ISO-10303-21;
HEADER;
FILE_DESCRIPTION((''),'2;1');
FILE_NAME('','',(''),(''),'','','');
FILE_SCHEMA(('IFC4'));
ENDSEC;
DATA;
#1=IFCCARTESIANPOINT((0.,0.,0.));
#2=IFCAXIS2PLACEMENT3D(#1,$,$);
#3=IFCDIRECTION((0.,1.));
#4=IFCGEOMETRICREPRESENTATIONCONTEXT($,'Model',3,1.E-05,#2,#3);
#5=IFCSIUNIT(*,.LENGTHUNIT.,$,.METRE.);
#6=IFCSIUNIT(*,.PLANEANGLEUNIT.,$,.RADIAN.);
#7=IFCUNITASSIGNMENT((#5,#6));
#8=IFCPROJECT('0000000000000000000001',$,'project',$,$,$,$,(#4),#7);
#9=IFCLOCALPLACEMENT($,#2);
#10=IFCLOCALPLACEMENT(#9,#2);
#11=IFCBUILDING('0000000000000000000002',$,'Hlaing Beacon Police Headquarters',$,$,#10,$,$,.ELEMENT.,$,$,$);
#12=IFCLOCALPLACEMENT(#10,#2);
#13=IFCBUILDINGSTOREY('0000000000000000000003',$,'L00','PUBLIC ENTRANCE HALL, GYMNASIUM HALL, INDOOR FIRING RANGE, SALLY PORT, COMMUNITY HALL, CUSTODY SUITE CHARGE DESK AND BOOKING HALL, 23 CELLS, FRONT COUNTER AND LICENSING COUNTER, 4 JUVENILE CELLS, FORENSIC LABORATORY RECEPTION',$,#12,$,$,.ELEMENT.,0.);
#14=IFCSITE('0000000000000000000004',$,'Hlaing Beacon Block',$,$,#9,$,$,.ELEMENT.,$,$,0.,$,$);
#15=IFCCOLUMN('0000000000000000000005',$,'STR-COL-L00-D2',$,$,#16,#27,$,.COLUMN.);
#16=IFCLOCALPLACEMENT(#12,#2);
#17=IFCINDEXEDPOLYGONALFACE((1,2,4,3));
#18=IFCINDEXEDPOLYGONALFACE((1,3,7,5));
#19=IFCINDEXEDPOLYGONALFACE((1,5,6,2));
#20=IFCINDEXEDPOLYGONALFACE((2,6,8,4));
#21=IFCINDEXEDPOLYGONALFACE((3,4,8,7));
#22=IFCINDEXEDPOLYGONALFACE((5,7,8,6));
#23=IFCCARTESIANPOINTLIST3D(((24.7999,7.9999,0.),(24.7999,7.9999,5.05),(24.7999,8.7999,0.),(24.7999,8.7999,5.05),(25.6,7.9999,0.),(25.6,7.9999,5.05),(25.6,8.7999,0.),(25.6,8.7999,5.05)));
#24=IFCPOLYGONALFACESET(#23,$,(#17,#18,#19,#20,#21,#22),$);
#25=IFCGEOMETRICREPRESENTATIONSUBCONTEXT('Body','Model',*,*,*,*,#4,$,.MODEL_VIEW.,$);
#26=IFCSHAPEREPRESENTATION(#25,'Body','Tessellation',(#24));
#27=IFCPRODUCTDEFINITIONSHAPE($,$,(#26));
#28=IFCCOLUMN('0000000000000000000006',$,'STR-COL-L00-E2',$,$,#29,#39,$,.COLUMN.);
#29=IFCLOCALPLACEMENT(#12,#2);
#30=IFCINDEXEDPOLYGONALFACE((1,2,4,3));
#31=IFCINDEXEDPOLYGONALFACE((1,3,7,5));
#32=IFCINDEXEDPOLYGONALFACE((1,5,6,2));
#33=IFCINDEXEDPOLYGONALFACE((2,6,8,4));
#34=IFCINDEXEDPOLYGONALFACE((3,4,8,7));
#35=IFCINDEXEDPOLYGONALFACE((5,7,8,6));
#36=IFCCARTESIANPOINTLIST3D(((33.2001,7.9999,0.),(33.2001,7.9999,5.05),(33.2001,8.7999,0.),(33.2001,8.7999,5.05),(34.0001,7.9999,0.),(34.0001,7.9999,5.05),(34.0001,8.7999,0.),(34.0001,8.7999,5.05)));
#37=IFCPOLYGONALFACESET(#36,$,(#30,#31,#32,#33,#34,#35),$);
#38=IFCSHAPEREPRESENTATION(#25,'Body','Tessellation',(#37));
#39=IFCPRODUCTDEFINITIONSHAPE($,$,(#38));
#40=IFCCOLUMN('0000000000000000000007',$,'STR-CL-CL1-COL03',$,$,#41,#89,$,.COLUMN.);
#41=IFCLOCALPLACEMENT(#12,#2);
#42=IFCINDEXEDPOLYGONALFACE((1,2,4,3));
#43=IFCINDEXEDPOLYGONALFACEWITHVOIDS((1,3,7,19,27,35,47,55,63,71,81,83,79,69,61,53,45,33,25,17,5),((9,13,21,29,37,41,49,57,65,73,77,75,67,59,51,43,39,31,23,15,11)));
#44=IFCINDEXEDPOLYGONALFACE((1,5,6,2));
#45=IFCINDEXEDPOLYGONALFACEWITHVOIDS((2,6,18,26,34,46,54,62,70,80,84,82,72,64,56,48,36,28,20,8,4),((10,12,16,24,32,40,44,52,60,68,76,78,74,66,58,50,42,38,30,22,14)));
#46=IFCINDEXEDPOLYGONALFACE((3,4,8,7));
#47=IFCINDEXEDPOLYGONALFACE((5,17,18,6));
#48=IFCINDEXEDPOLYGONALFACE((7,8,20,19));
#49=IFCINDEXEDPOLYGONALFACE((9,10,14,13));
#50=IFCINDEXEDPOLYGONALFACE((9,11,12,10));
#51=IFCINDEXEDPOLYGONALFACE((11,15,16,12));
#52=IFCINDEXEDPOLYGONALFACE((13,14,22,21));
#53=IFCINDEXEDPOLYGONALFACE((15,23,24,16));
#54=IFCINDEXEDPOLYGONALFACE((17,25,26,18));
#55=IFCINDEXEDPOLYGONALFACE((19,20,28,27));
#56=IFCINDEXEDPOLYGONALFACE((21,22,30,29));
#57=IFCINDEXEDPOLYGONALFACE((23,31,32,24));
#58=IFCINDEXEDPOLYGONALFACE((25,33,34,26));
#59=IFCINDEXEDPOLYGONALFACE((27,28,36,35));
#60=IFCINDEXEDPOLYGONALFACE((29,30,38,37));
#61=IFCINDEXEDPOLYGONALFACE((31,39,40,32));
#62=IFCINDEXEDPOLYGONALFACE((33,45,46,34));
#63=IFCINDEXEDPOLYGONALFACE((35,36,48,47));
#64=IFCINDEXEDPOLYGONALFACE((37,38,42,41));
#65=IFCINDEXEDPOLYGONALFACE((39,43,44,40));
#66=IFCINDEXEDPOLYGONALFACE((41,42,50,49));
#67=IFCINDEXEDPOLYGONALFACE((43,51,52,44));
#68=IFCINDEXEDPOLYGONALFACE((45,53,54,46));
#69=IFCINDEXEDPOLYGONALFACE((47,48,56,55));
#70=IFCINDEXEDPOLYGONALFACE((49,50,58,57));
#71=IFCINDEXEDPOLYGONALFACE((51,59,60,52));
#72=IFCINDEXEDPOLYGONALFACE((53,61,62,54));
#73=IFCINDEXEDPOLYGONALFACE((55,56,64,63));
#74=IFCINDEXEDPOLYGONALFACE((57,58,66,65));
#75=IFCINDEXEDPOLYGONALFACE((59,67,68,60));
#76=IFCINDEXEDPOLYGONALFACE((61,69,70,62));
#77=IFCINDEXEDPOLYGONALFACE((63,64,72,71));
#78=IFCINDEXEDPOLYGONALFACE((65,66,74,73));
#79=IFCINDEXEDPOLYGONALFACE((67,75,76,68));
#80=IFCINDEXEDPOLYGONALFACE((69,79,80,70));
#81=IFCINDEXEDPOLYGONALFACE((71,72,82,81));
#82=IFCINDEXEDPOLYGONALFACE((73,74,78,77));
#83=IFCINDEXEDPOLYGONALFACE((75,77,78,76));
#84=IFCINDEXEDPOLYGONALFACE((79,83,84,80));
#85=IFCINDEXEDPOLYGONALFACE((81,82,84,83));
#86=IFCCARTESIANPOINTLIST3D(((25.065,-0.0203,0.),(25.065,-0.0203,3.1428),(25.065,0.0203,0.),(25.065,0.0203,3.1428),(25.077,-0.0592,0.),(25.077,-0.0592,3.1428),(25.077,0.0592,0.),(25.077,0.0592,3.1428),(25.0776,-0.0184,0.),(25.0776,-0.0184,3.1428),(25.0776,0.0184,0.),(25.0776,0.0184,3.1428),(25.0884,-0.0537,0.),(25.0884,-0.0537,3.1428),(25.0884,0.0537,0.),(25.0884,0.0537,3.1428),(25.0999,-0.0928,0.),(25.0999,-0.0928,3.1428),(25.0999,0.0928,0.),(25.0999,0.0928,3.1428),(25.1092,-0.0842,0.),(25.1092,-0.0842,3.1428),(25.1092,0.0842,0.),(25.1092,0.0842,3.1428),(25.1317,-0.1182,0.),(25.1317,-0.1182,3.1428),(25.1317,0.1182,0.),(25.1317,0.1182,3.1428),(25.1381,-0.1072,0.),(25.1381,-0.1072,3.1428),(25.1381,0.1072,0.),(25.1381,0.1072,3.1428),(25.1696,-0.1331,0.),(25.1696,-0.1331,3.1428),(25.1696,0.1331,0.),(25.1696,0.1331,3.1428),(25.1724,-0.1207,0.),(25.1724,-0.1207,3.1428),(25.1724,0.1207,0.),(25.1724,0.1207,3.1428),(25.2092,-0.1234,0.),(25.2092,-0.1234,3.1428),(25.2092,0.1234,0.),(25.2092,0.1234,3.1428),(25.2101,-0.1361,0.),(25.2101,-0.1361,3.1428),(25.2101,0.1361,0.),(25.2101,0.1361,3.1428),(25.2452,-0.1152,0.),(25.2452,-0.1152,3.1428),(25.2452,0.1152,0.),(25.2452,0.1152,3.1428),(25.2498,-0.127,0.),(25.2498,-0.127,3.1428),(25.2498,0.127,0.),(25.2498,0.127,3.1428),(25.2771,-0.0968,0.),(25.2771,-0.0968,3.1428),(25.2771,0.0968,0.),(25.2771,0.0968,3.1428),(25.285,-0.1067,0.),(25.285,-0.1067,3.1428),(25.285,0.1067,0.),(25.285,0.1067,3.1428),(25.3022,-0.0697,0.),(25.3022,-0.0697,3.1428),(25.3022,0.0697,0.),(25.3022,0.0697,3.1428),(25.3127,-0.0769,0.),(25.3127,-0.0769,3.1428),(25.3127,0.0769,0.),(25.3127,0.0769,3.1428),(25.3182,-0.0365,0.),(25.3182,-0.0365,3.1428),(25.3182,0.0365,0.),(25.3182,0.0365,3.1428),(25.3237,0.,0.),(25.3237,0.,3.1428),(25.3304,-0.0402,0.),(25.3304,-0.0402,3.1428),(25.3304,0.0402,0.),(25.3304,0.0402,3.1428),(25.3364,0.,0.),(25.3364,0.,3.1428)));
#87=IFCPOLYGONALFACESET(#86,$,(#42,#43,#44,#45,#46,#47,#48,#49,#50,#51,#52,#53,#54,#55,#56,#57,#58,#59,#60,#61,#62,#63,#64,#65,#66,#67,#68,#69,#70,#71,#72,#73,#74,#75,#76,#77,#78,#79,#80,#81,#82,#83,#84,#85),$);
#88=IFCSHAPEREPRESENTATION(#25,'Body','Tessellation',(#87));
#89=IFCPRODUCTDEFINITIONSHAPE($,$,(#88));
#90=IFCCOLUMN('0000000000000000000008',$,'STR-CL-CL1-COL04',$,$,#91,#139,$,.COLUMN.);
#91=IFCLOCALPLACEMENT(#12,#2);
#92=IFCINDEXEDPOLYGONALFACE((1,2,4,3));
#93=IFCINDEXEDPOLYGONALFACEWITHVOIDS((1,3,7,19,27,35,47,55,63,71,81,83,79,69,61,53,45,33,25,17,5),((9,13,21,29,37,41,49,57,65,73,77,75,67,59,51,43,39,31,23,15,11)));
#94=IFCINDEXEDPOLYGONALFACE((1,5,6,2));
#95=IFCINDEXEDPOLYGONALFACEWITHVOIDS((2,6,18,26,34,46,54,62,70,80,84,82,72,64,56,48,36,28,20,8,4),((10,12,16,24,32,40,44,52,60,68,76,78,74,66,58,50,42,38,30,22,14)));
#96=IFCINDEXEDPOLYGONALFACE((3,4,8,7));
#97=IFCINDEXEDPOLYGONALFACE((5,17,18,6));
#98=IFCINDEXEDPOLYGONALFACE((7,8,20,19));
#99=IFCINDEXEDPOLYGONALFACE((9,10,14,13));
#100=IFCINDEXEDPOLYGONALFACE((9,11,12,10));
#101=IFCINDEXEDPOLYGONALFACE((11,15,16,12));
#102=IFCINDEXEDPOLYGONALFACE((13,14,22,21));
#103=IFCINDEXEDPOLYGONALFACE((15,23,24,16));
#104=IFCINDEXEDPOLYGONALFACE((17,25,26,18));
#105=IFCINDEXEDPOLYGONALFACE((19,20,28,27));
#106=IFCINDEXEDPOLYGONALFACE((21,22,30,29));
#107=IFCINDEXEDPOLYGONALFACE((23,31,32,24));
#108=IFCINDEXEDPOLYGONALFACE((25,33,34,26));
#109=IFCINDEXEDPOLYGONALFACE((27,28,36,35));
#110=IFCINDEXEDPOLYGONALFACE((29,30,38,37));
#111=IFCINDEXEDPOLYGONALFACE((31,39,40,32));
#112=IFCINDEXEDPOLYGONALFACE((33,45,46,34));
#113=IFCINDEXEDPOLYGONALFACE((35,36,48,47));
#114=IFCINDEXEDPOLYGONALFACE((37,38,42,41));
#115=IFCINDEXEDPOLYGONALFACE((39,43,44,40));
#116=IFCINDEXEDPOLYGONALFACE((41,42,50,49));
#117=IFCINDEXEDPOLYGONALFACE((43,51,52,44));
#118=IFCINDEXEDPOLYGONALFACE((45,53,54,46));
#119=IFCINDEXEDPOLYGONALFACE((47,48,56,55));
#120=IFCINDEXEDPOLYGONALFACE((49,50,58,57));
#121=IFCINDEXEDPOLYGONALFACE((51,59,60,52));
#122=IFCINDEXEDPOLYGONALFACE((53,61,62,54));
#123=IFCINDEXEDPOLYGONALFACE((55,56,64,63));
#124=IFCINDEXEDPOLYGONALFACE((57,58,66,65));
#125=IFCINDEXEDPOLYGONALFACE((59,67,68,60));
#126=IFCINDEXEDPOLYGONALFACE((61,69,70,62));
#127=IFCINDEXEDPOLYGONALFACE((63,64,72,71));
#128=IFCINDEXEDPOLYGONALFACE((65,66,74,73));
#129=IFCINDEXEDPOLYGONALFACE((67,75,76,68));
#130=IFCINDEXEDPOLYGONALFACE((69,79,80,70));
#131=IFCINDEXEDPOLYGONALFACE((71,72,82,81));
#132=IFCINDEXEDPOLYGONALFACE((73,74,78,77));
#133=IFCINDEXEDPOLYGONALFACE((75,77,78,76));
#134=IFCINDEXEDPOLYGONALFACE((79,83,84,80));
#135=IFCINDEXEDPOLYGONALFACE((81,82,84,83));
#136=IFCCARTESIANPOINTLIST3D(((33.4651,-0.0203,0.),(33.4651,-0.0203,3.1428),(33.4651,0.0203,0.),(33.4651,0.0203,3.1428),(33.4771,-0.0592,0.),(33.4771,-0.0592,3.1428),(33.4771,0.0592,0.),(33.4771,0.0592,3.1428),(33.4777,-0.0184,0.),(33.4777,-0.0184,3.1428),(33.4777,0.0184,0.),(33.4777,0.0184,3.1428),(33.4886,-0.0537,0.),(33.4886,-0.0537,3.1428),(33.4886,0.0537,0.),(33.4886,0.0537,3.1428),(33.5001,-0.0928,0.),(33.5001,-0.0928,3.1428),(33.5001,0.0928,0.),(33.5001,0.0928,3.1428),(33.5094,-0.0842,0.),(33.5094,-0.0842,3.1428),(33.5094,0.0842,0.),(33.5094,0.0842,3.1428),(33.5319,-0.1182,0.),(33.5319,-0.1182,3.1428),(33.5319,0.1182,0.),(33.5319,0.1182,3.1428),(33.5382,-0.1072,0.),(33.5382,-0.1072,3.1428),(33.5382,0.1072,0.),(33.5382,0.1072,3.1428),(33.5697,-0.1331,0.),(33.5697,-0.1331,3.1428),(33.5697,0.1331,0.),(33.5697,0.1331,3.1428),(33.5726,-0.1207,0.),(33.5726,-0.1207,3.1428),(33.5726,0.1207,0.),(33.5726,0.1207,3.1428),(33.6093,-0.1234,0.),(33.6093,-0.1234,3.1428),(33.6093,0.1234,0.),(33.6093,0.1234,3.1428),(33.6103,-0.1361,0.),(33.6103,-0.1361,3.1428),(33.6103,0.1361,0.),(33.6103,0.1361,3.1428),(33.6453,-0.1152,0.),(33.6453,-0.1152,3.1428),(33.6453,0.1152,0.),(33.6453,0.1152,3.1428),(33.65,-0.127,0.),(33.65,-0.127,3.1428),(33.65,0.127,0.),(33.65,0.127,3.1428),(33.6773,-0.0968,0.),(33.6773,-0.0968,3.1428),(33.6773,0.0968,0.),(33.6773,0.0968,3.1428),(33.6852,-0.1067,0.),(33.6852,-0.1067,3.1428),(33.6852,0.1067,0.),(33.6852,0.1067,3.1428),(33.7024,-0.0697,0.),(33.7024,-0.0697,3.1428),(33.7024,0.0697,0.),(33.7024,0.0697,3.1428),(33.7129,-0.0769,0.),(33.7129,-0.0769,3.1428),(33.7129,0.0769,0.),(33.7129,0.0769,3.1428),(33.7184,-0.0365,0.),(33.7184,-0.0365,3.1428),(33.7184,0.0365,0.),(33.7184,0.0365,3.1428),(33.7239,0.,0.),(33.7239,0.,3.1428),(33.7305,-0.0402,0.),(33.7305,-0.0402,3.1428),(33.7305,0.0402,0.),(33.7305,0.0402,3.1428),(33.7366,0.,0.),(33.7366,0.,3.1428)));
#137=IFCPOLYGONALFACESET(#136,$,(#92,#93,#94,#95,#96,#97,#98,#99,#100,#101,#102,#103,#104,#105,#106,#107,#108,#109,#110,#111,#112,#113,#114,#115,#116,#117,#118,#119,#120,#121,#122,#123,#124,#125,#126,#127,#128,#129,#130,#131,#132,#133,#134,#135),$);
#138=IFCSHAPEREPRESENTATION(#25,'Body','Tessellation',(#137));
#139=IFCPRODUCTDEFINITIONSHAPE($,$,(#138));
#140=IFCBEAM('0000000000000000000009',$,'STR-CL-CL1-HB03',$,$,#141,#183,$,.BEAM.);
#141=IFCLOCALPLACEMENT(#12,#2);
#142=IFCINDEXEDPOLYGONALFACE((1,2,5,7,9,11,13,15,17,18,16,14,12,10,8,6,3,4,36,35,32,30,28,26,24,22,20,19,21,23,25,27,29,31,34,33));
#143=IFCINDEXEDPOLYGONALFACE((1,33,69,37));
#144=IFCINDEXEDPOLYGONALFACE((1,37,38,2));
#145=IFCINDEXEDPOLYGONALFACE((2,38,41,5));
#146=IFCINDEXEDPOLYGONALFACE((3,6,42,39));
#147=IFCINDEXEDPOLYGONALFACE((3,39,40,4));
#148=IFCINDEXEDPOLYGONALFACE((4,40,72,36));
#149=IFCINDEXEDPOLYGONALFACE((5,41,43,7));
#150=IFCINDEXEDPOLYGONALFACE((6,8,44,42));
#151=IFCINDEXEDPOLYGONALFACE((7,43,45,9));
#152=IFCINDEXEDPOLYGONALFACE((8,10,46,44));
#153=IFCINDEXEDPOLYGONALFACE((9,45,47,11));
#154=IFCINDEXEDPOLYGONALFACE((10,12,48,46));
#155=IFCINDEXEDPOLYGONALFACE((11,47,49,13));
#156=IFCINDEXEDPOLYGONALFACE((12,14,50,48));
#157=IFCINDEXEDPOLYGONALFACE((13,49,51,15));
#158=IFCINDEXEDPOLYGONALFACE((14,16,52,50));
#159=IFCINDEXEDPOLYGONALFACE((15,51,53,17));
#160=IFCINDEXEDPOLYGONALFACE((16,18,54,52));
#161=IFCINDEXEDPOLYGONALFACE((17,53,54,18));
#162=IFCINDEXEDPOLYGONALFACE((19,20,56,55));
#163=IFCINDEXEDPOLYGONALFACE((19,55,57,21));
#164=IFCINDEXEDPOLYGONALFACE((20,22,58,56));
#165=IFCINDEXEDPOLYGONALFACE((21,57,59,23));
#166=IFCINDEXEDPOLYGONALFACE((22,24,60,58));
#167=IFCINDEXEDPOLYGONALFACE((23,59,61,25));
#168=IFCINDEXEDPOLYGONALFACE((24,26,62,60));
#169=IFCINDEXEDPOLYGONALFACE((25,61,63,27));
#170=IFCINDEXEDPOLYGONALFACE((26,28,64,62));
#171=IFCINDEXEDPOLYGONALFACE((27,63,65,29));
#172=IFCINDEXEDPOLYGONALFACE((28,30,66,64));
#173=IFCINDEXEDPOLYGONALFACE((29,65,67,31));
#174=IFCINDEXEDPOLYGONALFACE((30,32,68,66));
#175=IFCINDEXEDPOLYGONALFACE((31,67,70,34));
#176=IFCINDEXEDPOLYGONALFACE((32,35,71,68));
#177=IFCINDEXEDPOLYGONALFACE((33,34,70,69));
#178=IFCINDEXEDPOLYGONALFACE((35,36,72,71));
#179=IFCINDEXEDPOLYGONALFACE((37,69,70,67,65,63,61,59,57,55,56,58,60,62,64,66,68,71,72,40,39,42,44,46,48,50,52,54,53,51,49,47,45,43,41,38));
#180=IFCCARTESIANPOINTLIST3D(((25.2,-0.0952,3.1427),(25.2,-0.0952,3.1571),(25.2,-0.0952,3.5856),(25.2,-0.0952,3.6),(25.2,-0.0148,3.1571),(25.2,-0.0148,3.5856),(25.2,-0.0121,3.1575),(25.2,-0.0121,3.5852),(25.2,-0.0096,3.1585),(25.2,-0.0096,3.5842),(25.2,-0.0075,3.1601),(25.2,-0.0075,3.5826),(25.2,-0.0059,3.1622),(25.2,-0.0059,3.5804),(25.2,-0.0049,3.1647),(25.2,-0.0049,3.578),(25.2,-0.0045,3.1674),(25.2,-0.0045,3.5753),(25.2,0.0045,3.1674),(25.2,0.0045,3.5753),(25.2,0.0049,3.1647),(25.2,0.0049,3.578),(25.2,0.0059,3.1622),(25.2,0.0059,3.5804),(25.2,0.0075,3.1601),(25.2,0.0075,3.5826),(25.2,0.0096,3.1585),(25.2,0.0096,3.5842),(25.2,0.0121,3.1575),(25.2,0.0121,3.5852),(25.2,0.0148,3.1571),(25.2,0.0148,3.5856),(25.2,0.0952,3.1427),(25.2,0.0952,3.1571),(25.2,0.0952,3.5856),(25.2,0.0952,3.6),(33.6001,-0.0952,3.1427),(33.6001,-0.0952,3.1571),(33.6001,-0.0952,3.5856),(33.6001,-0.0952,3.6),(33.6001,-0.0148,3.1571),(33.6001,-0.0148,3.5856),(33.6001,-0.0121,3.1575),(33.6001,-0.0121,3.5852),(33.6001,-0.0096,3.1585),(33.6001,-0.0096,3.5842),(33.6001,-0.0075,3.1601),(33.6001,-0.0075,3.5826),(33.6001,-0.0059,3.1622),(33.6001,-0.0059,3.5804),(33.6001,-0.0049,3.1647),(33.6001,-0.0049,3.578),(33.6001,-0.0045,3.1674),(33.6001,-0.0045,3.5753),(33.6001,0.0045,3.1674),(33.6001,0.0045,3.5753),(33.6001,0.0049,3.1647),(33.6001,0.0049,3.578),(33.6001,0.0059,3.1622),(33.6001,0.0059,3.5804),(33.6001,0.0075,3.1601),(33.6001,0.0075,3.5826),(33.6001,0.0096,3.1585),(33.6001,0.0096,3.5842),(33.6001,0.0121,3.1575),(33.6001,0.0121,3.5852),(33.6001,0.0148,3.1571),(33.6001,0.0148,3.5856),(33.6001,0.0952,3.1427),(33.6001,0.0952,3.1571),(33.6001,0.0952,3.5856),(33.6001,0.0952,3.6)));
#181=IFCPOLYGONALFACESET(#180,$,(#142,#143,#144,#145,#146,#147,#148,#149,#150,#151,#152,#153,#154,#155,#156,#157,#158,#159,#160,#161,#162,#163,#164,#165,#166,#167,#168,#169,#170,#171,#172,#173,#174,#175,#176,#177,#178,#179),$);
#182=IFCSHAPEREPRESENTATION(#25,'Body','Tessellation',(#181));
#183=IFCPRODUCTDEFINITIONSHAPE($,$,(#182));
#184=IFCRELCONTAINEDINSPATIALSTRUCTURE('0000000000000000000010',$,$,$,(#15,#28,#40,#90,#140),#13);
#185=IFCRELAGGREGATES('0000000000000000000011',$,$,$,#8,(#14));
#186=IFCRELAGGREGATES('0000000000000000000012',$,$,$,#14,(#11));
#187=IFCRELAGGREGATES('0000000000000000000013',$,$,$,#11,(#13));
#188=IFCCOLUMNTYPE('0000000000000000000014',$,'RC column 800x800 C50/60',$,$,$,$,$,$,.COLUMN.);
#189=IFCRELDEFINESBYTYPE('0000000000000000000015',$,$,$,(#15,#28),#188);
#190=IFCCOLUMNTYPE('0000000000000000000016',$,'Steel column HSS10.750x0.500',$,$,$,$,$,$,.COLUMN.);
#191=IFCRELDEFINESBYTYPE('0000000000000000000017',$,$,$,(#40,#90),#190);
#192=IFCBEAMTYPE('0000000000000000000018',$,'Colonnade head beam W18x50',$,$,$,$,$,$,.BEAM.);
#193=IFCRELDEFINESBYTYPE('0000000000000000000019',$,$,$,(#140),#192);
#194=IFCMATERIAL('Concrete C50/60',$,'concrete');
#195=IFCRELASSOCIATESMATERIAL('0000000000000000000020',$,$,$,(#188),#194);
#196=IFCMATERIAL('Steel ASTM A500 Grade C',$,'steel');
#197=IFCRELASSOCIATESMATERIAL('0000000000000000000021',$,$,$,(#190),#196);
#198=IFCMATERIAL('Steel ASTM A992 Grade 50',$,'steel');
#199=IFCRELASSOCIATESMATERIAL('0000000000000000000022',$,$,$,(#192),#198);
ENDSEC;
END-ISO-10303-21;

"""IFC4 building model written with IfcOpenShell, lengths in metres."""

from ifc_helpers import new_model, si_unit, direction, frame, origin, origin_2d, place, context, subcontext, project, spatial, rectangle, hollow_circle, i_section, extrude, material, material_profile, profile_set, type_object, element, save


model = new_model("IFC4")

# Units and contexts
model_context = context("Model", 3, precision=1e-05, world=origin(), true_north=direction((0.0, 1.0)))
body_context = subcontext(model_context, "Body", "Model", "MODEL_VIEW")
ifc_project = project(units=[si_unit("LENGTHUNIT", "METRE"), si_unit("PLANEANGLEUNIT", "RADIAN")], contexts=[model_context])

# Site, building, storey
site_placement = place(None, origin())
site = spatial("IfcSite", under=ifc_project, at=site_placement, Name="Hlaing Beacon Block", CompositionType="ELEMENT", RefElevation=0.0)
building_placement = place(site_placement, origin())
building = spatial("IfcBuilding", under=site, at=building_placement, Name="Hlaing Beacon Police Headquarters", CompositionType="ELEMENT")
storey_placement = place(building_placement, origin())
storey = spatial("IfcBuildingStorey", under=building, at=storey_placement, Name="L00", Description="PUBLIC ENTRANCE HALL, GYMNASIUM HALL, INDOOR FIRING RANGE, SALLY PORT, COMMUNITY HALL, CUSTODY SUITE CHARGE DESK AND BOOKING HALL, 23 CELLS, FRONT COUNTER AND LICENSING COUNTER, 4 JUVENILE CELLS, FORENSIC LABORATORY RECEPTION", CompositionType="ELEMENT", Elevation=0.0)

# Columns
ifc_material_1 = material(Name="Concrete C50/60", Category="concrete")
ifc_material_profile_1 = material_profile(ifc_material_1, rectangle(XDim=0.8, YDim=0.8, at=origin_2d()), Name="800x800")
ifc_profile_set_1 = profile_set([ifc_material_profile_1], Name="Concrete C50/60")
column_type_1 = type_object("IfcColumnType", Name="RC column 800x800 C50/60", PredefinedType="COLUMN", material=ifc_profile_set_1)
for number, where, z_axis, x_axis, name in (
    (1, (25.2, 8.3999, 0.0), (0.0, 0.0, 1.0), (1.0, 0.0, 0.0), "STR-COL-L00-D2"),
    (2, (33.6001, 8.3999, 0.0), (0.0, 0.0, 1.0), (1.0, 0.0, 0.0), "STR-COL-L00-E2"),
):
    element("IfcColumn", number, at=place(storey_placement, frame(where, z_axis=z_axis, x_axis=x_axis)), inside=storey, type_object=column_type_1, Name=name, PredefinedType="COLUMN", context=body_context, shape_type="SweptSolid", body=[
        extrude(rectangle(XDim=0.8, YDim=0.8, at=origin_2d()), origin(), (0.0, 0.0, 1.0), 5.05),
    ])
ifc_material_2 = material(Name="Steel ASTM A500 Grade C", Category="steel")
ifc_material_profile_2 = material_profile(ifc_material_2, hollow_circle(Radius=0.1365, WallThickness=0.0127, at=origin_2d()), Name="HSS10.750x0.500")
ifc_profile_set_2 = profile_set([ifc_material_profile_2], Name="Steel ASTM A500 Grade C")
column_type_2 = type_object("IfcColumnType", Name="Steel column HSS10.750x0.500", PredefinedType="COLUMN", material=ifc_profile_set_2)
for number, where, z_axis, x_axis, name in (
    (3, (25.2, 0.0, 0.0), (0.0, 0.0, 1.0), (1.0, 0.0, 0.0), "STR-CL-CL1-COL03"),
    (4, (33.6001, 0.0, 0.0), (0.0, 0.0, 1.0), (1.0, 0.0, 0.0), "STR-CL-CL1-COL04"),
):
    element("IfcColumn", number, at=place(storey_placement, frame(where, z_axis=z_axis, x_axis=x_axis)), inside=storey, type_object=column_type_2, Name=name, PredefinedType="COLUMN", context=body_context, shape_type="SweptSolid", body=[
        extrude(hollow_circle(Radius=0.1365, WallThickness=0.0127, at=origin_2d()), origin(), (0.0, 0.0, 1.0), 3.1428),
    ])

# Beam
ifc_material_3 = material(Name="Steel ASTM A992 Grade 50", Category="steel")
ifc_material_profile_3 = material_profile(ifc_material_3, i_section(OverallWidth=0.1904, OverallDepth=0.4573, WebThickness=0.009, FlangeThickness=0.0144, FilletRadius=0.0103, at=origin_2d()), Name="W18x50")
ifc_profile_set_3 = profile_set([ifc_material_profile_3], Name="Steel ASTM A992 Grade 50")
beam_type_1 = type_object("IfcBeamType", Name="Colonnade head beam W18x50", PredefinedType="BEAM", material=ifc_profile_set_3)
beam_1_placement = place(storey_placement, frame((25.2, 0.0, 3.3713), z_axis=(1.0, 0.0, 0.0), x_axis=(0.0, 1.0, 0.0)))
element("IfcBeam", 5, at=beam_1_placement, inside=storey, type_object=beam_type_1, Name="STR-CL-CL1-HB03", PredefinedType="BEAM", context=body_context, shape_type="SweptSolid", body=[
    extrude(i_section(OverallWidth=0.1904, OverallDepth=0.4573, WebThickness=0.009, FlangeThickness=0.0144, FilletRadius=0.0103, at=origin_2d()), origin(), (0.0, 0.0, 1.0), 8.4001),
])

save(model, "model.ifc")
